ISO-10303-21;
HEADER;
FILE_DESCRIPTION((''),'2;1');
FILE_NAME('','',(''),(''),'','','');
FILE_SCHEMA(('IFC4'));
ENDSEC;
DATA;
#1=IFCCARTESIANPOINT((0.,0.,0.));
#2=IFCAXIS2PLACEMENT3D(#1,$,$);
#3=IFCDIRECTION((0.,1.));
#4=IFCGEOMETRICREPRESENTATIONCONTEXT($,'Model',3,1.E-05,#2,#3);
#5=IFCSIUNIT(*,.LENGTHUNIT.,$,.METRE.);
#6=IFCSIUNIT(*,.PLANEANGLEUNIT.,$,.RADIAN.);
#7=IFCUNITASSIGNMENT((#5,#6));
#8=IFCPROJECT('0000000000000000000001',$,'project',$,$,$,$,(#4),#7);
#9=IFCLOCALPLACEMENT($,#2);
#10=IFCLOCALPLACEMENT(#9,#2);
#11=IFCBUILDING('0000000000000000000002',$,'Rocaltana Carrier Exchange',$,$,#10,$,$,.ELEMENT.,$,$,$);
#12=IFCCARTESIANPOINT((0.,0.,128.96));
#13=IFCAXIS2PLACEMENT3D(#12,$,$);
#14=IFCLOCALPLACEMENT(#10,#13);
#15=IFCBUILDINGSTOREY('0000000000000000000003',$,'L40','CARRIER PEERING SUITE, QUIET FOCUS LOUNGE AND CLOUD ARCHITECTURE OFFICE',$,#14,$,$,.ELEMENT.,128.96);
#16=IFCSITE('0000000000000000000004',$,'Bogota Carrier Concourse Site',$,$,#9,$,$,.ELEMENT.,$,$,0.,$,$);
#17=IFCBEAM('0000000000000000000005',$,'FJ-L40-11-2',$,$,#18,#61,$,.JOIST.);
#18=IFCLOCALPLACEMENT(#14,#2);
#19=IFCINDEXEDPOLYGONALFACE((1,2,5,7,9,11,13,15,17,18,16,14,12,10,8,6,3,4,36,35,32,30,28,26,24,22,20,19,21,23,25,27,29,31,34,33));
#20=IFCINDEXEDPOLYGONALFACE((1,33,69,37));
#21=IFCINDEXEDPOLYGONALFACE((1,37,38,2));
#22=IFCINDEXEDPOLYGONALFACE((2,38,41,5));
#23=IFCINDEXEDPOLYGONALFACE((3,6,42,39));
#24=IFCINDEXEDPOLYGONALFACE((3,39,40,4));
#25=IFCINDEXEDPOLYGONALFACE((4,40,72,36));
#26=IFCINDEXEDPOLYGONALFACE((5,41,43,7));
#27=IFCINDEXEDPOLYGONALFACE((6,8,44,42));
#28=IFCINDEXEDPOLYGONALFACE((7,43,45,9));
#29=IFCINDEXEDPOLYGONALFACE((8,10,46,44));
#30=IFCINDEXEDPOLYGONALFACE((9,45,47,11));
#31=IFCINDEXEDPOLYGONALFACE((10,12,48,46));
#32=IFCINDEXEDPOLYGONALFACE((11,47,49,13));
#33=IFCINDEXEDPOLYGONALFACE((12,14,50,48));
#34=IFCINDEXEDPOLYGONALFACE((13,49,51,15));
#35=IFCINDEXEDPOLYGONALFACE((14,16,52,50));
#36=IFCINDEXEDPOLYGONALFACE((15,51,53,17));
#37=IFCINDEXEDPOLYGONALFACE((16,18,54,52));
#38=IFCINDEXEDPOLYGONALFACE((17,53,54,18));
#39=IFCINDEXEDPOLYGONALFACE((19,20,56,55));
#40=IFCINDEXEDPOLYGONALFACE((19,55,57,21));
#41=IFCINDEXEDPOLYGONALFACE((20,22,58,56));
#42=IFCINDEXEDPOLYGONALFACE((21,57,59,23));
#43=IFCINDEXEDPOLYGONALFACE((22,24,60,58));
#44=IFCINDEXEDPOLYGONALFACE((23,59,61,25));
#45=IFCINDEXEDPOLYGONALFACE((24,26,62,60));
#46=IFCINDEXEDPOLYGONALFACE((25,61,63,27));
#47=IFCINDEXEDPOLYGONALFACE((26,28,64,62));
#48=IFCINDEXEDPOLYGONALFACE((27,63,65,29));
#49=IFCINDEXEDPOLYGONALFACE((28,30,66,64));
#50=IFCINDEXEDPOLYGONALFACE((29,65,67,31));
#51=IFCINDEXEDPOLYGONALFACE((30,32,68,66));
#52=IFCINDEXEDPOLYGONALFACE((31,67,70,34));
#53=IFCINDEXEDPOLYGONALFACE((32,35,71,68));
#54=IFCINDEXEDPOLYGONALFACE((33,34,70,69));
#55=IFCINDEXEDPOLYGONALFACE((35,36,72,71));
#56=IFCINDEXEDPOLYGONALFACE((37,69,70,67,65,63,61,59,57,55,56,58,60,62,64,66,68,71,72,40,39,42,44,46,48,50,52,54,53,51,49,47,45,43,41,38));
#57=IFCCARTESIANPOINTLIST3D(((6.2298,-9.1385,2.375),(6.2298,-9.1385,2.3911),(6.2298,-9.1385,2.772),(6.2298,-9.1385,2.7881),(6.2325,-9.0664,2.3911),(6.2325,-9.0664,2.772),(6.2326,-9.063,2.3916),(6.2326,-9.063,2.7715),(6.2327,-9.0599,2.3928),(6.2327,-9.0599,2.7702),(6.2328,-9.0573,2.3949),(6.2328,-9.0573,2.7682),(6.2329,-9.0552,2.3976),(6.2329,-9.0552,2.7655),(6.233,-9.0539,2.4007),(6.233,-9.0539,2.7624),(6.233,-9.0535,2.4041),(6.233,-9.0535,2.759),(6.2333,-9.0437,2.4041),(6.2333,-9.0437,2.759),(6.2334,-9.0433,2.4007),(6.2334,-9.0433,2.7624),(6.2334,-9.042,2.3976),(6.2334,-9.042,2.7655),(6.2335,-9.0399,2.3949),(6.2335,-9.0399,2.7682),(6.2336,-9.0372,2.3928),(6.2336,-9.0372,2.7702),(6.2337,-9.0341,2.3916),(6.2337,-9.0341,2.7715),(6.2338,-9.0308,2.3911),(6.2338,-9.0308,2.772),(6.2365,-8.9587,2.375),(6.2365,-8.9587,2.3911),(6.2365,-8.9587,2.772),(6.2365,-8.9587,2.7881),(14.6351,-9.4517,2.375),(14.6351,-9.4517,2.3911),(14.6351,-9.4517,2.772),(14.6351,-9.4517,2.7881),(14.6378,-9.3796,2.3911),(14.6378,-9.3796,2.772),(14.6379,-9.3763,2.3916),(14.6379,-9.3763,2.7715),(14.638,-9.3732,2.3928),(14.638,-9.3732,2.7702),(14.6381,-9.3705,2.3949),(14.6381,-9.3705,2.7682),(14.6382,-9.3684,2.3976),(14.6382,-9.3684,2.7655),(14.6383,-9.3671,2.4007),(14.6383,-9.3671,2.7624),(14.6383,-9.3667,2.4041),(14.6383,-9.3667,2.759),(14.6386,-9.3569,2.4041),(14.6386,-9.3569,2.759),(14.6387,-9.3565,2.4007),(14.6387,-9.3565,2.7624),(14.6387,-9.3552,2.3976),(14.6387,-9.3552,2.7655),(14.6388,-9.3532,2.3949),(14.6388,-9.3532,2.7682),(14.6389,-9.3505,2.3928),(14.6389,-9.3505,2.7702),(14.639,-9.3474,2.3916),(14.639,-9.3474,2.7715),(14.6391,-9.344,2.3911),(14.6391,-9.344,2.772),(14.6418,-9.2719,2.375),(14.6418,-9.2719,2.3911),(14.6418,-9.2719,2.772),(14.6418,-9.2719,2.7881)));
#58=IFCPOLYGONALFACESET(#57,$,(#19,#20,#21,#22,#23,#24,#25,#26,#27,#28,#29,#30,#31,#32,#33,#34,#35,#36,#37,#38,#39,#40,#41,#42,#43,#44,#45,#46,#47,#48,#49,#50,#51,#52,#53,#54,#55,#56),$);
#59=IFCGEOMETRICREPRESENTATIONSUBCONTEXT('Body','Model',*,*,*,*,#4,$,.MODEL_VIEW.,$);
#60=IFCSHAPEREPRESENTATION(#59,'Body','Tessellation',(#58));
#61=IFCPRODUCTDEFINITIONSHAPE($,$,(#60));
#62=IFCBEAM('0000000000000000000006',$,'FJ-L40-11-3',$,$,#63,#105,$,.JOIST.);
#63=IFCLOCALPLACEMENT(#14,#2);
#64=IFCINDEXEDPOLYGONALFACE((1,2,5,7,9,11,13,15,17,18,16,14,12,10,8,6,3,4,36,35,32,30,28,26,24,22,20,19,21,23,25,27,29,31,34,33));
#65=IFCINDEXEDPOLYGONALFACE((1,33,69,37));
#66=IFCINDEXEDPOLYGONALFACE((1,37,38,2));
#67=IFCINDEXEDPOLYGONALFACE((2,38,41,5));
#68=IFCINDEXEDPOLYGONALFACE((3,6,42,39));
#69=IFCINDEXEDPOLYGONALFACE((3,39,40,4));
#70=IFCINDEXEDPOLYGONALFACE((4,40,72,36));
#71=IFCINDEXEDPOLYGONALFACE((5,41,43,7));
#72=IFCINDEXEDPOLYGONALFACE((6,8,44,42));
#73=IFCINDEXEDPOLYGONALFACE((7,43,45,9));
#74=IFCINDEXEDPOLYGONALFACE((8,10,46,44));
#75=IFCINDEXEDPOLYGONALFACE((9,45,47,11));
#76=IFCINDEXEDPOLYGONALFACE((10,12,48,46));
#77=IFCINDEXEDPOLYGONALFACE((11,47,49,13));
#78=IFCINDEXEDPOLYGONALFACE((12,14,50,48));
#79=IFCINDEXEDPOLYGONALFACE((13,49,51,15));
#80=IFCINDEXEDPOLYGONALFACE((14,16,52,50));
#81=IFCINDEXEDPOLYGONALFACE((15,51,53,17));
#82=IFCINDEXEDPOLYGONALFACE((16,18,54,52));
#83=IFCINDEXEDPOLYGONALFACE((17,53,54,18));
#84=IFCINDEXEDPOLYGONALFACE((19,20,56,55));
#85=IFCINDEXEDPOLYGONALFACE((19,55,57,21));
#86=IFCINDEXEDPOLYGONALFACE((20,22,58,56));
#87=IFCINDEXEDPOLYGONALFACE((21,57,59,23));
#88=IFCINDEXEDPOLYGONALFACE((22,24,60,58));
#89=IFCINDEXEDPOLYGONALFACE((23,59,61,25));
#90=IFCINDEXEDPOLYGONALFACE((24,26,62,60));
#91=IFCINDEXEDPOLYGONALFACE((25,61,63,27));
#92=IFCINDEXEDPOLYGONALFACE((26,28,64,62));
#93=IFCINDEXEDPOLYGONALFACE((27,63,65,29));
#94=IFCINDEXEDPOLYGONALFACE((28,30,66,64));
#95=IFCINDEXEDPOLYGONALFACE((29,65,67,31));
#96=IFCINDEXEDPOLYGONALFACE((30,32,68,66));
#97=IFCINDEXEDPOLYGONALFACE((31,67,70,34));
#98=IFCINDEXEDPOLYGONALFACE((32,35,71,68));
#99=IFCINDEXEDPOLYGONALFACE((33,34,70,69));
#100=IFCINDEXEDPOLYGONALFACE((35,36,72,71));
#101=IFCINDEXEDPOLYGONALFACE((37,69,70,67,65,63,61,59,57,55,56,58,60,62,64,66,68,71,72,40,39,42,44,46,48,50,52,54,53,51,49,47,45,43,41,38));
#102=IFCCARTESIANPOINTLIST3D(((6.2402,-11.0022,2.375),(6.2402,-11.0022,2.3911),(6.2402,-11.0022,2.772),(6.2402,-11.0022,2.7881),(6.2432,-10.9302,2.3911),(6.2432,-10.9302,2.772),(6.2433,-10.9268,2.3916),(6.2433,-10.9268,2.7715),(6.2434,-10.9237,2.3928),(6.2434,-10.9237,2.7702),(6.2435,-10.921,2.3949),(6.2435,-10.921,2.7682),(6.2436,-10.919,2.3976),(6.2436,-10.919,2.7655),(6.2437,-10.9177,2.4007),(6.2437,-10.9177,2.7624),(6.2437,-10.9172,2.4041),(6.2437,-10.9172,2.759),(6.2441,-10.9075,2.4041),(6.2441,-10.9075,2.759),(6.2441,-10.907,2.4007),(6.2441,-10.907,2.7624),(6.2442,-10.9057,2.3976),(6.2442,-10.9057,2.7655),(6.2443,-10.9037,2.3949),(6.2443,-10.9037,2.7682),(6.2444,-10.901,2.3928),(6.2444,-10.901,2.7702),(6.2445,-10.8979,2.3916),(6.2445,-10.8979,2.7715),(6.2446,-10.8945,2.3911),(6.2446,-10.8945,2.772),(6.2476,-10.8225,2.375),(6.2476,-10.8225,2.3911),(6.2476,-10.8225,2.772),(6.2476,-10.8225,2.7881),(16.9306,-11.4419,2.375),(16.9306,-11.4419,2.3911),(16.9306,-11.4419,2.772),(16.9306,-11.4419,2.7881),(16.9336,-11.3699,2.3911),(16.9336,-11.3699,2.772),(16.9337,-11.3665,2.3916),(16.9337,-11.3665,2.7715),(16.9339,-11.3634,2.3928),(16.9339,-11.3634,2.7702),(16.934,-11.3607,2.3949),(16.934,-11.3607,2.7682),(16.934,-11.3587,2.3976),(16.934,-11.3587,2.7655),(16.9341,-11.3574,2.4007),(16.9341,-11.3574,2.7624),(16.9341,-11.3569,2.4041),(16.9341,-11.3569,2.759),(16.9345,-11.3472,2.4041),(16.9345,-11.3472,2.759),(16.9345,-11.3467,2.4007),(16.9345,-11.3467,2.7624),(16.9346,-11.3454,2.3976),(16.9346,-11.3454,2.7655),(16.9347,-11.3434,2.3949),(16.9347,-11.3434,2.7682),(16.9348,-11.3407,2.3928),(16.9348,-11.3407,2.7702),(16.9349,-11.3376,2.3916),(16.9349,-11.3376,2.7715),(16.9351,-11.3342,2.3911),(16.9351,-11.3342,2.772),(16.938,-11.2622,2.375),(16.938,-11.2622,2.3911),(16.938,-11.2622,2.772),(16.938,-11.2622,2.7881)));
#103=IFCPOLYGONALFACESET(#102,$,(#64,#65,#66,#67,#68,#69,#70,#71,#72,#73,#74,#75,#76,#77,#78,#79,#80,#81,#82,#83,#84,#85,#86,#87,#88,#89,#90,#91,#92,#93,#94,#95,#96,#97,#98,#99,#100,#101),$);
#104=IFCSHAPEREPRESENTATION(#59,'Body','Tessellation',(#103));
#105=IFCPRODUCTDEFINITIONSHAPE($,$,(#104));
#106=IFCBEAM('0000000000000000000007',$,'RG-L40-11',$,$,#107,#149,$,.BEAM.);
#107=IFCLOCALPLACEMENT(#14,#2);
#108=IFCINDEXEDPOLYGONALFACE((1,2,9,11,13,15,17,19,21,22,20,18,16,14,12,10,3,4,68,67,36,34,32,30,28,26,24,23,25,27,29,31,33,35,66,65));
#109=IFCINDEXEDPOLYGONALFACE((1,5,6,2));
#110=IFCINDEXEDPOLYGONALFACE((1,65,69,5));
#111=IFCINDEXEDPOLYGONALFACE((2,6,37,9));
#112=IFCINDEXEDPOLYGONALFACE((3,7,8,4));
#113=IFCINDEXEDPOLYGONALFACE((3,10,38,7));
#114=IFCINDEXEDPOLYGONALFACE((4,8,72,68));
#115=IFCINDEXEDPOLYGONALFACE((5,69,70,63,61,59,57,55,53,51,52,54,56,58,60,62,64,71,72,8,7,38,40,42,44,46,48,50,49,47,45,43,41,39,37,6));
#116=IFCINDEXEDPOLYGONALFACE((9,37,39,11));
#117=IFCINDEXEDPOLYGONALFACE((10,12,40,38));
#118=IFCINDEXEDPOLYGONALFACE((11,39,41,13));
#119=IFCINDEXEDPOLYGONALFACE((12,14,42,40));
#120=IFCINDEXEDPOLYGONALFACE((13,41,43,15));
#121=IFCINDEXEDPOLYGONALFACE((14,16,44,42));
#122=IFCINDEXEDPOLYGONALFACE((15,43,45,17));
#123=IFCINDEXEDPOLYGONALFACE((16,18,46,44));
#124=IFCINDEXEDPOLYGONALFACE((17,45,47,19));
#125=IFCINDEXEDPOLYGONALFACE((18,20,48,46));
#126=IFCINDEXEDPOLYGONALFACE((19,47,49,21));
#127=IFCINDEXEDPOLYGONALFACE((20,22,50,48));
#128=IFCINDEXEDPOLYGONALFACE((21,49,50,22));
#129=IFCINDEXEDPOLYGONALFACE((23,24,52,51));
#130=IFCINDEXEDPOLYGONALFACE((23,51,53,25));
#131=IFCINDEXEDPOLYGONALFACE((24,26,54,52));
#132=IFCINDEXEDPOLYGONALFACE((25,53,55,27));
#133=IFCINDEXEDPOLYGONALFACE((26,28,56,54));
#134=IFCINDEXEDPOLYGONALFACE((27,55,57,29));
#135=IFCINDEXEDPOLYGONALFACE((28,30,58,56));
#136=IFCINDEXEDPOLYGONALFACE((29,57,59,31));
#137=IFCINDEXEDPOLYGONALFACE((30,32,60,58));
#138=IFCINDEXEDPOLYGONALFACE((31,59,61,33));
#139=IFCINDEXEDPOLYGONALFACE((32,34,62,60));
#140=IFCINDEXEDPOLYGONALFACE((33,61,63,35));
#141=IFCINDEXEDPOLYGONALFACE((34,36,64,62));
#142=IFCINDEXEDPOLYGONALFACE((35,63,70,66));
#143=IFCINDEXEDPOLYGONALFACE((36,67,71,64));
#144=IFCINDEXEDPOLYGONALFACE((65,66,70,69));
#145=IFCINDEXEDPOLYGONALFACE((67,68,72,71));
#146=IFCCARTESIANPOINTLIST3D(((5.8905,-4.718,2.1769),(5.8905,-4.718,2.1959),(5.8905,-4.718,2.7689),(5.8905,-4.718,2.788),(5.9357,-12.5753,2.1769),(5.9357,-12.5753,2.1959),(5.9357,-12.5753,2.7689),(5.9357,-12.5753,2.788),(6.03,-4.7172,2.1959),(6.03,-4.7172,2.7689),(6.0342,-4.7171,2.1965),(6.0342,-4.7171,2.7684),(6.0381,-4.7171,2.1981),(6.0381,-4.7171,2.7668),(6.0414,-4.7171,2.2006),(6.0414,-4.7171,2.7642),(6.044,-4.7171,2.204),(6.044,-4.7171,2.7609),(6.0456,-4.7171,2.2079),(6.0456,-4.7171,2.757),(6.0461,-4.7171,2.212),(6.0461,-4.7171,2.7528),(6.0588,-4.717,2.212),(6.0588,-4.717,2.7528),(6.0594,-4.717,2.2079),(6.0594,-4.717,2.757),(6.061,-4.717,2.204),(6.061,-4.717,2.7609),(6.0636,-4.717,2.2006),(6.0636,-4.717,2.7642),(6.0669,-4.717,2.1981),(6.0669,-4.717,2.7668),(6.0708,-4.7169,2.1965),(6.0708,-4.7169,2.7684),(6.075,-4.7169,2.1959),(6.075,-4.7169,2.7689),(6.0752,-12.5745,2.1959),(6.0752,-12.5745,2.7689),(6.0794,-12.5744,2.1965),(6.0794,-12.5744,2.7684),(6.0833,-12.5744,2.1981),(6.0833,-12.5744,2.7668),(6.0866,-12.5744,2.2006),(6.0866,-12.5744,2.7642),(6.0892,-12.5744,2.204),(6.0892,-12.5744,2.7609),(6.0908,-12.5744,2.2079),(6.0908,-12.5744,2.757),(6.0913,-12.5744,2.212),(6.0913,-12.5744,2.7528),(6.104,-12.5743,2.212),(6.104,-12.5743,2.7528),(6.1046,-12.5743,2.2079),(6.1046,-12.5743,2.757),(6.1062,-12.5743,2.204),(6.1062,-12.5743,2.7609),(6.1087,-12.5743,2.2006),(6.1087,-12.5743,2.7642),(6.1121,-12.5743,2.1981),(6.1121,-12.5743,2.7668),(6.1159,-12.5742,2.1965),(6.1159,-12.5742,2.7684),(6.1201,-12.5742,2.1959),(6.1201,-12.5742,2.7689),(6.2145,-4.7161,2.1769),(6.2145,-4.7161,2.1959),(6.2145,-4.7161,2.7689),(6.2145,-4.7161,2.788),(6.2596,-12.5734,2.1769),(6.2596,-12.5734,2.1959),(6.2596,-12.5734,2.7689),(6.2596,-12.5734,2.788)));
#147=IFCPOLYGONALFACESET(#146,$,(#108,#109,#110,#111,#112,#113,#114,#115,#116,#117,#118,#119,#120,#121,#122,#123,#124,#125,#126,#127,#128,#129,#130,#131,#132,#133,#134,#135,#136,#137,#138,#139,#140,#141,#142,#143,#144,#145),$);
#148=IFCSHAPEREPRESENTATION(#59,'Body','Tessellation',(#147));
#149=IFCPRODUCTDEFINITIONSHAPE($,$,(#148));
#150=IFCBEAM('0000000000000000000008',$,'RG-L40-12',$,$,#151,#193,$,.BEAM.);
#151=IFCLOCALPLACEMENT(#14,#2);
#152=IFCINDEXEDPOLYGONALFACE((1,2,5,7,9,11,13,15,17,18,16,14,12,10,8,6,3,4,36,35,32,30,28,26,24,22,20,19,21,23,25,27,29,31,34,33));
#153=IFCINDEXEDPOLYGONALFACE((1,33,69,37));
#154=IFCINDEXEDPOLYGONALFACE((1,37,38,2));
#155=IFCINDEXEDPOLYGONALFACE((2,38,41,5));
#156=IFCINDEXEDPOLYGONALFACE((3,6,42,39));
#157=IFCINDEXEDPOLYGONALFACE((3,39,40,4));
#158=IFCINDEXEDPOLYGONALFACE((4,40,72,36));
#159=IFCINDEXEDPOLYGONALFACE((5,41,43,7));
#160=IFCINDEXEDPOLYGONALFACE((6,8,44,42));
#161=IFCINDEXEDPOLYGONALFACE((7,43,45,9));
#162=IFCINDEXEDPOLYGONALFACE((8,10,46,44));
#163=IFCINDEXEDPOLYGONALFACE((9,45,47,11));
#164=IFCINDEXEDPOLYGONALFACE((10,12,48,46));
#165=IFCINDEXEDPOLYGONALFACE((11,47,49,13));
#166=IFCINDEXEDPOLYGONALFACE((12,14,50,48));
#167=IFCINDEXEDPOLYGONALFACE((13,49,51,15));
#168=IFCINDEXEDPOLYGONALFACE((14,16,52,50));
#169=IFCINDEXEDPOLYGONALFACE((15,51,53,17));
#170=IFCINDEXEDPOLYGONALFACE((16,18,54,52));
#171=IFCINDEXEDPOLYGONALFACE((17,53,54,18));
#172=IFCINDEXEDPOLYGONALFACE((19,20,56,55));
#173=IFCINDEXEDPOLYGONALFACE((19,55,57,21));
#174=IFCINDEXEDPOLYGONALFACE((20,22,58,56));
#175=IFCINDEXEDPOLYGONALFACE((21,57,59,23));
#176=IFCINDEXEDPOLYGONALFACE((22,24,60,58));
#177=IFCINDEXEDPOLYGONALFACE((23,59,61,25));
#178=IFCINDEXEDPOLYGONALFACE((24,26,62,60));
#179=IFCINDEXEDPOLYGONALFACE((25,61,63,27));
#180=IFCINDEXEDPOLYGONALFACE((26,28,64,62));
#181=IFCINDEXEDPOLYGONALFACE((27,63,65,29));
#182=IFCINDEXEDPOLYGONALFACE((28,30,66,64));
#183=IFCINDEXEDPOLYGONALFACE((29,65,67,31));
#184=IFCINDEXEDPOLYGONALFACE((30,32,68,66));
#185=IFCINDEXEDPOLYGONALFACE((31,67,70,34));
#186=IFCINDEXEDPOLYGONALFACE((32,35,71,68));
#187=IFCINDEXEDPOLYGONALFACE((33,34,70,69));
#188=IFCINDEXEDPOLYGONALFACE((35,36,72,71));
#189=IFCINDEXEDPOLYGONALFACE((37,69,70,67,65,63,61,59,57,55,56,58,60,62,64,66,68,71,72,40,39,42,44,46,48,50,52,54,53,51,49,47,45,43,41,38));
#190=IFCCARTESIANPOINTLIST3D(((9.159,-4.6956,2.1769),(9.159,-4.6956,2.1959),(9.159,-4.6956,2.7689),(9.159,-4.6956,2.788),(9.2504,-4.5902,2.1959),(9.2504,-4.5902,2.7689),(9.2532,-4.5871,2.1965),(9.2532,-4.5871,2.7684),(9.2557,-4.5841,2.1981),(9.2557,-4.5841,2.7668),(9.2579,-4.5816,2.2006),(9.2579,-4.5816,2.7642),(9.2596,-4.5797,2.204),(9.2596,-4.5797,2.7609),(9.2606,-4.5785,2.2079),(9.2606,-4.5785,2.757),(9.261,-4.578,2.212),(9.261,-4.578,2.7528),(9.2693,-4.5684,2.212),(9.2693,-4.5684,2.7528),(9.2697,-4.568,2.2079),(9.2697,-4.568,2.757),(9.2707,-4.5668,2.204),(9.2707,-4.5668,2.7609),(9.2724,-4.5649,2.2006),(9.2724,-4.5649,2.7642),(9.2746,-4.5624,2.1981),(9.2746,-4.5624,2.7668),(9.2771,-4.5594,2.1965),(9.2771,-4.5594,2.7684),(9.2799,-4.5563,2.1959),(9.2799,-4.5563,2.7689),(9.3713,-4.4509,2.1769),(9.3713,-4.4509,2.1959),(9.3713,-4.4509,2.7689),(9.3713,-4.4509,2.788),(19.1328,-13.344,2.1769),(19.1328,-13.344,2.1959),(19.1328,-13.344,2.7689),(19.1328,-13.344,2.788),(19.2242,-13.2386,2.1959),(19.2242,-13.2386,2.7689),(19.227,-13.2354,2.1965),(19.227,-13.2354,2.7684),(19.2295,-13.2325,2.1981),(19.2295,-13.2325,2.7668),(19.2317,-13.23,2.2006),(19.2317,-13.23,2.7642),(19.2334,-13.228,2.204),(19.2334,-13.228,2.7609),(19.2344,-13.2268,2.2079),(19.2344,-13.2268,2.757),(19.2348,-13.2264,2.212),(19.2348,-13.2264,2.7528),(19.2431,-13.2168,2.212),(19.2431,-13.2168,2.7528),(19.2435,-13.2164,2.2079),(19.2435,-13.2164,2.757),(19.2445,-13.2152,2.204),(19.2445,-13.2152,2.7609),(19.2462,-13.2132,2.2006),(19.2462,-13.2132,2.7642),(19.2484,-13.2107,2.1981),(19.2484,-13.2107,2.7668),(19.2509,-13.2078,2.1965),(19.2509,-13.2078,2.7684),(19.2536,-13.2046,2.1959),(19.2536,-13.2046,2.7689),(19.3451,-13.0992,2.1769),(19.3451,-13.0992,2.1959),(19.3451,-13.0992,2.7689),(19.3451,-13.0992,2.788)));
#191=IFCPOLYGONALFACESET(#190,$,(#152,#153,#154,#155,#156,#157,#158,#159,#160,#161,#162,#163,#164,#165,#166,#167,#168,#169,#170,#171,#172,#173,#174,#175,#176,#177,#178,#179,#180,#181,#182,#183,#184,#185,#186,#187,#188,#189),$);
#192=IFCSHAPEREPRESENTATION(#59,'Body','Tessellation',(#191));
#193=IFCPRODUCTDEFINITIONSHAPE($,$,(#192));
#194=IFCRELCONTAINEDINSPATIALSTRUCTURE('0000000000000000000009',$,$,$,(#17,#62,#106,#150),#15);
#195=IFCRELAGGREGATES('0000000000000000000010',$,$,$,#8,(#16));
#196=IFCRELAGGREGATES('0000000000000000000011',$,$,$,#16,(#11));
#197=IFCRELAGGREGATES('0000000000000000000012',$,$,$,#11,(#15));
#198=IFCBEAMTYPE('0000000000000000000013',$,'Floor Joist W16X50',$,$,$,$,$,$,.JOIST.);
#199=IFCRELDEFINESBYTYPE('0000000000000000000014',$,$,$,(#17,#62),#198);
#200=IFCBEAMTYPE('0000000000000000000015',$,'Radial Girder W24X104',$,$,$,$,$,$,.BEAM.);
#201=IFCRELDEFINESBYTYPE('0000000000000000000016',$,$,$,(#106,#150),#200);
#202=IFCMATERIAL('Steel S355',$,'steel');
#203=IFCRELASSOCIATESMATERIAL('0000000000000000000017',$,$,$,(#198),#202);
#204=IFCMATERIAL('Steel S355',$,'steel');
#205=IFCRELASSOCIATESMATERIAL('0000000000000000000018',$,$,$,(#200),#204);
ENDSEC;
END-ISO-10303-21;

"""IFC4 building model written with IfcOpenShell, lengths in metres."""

from ifc_helpers import new_model, si_unit, direction, frame, origin, origin_2d, place, context, subcontext, project, spatial, i_section, extrude, material, material_profile, profile_set, type_object, element, save


model = new_model("IFC4")

# Units and contexts
model_context = context("Model", 3, precision=1e-05, world=origin(), true_north=direction((0.0, 1.0)))
body_context = subcontext(model_context, "Body", "Model", "MODEL_VIEW")
ifc_project = project(units=[si_unit("LENGTHUNIT", "METRE"), si_unit("PLANEANGLEUNIT", "RADIAN")], contexts=[model_context])

# Site, building, storey
site_placement = place(None, origin())
site = spatial("IfcSite", under=ifc_project, at=site_placement, Name="Bogota Carrier Concourse Site", CompositionType="ELEMENT", RefElevation=0.0)
building_placement = place(site_placement, origin())
building = spatial("IfcBuilding", under=site, at=building_placement, Name="Rocaltana Carrier Exchange", CompositionType="ELEMENT")
storey_placement = place(building_placement, frame((0.0, 0.0, 128.96)))
storey = spatial("IfcBuildingStorey", under=building, at=storey_placement, Name="L40", Description="CARRIER PEERING SUITE, QUIET FOCUS LOUNGE AND CLOUD ARCHITECTURE OFFICE", CompositionType="ELEMENT", Elevation=128.96)

# Beams
ifc_material_1 = material(Name="Steel S355", Category="steel")
ifc_material_profile_1 = material_profile(ifc_material_1, i_section(OverallWidth=0.1799, OverallDepth=0.4131, WebThickness=0.0098, FlangeThickness=0.0161, FilletRadius=0.0129, at=origin_2d()), Name="W16X50")
ifc_profile_set_1 = profile_set([ifc_material_profile_1], Name="Steel S355")
beam_type_1 = type_object("IfcBeamType", Name="Floor Joist W16X50", PredefinedType="JOIST", material=ifc_profile_set_1)
beam_1_placement = place(storey_placement, frame((6.2332, -9.0486, 2.5815), z_axis=(0.999306, -0.03724, 0.0), x_axis=(0.03724, 0.999306, 0.0)))
element("IfcBeam", 1, at=beam_1_placement, inside=storey, type_object=beam_type_1, Name="FJ-L40-11-2", PredefinedType="JOIST", context=body_context, shape_type="SweptSolid", body=[
    extrude(i_section(OverallWidth=0.1799, OverallDepth=0.4131, WebThickness=0.0098, FlangeThickness=0.0161, FilletRadius=0.0129, at=origin_2d()), origin(), (0.0, 0.0, 1.0), 8.4111),
])
beam_2_placement = place(storey_placement, frame((6.2439, -10.9124, 2.5815), z_axis=(0.999155, -0.041095, 0.0), x_axis=(0.041095, 0.999155, 0.0)))
element("IfcBeam", 2, at=beam_2_placement, inside=storey, type_object=beam_type_1, Name="FJ-L40-11-3", PredefinedType="JOIST", context=body_context, shape_type="SweptSolid", body=[
    extrude(i_section(OverallWidth=0.1799, OverallDepth=0.4131, WebThickness=0.0098, FlangeThickness=0.0161, FilletRadius=0.0129, at=origin_2d()), origin(), (0.0, 0.0, 1.0), 10.6995),
])
ifc_material_2 = material(Name="Steel S355", Category="steel")
ifc_material_profile_2 = material_profile(ifc_material_2, i_section(OverallWidth=0.324, OverallDepth=0.6111, WebThickness=0.0127, FlangeThickness=0.019, FilletRadius=0.0161, at=origin_2d()), Name="W24X104")
ifc_profile_set_2 = profile_set([ifc_material_profile_2], Name="Steel S355")
beam_type_2 = type_object("IfcBeamType", Name="Radial Girder W24X104", PredefinedType="BEAM", material=ifc_profile_set_2)
beam_3_placement = place(storey_placement, frame((6.0525, -4.717, 2.4824), z_axis=(0.005748, -0.999983, 0.0), x_axis=(0.999983, 0.005748, 0.0)))
element("IfcBeam", 3, at=beam_3_placement, inside=storey, type_object=beam_type_2, Name="RG-L40-11", PredefinedType="BEAM", context=body_context, shape_type="SweptSolid", body=[
    extrude(i_section(OverallWidth=0.324, OverallDepth=0.6111, WebThickness=0.0127, FlangeThickness=0.019, FilletRadius=0.0161, at=origin_2d()), origin(), (0.0, 0.0, 1.0), 7.8574),
])
beam_4_placement = place(storey_placement, frame((9.2651, -4.5732, 2.4824), z_axis=(0.755524, -0.655121, 0.0), x_axis=(0.655121, 0.755524, 0.0)))
element("IfcBeam", 4, at=beam_4_placement, inside=storey, type_object=beam_type_2, Name="RG-L40-12", PredefinedType="BEAM", context=body_context, shape_type="SweptSolid", body=[
    extrude(i_section(OverallWidth=0.324, OverallDepth=0.6111, WebThickness=0.0127, FlangeThickness=0.019, FilletRadius=0.0161, at=origin_2d()), origin(), (0.0, 0.0, 1.0), 13.2012),
])

save(model, "model.ifc")
